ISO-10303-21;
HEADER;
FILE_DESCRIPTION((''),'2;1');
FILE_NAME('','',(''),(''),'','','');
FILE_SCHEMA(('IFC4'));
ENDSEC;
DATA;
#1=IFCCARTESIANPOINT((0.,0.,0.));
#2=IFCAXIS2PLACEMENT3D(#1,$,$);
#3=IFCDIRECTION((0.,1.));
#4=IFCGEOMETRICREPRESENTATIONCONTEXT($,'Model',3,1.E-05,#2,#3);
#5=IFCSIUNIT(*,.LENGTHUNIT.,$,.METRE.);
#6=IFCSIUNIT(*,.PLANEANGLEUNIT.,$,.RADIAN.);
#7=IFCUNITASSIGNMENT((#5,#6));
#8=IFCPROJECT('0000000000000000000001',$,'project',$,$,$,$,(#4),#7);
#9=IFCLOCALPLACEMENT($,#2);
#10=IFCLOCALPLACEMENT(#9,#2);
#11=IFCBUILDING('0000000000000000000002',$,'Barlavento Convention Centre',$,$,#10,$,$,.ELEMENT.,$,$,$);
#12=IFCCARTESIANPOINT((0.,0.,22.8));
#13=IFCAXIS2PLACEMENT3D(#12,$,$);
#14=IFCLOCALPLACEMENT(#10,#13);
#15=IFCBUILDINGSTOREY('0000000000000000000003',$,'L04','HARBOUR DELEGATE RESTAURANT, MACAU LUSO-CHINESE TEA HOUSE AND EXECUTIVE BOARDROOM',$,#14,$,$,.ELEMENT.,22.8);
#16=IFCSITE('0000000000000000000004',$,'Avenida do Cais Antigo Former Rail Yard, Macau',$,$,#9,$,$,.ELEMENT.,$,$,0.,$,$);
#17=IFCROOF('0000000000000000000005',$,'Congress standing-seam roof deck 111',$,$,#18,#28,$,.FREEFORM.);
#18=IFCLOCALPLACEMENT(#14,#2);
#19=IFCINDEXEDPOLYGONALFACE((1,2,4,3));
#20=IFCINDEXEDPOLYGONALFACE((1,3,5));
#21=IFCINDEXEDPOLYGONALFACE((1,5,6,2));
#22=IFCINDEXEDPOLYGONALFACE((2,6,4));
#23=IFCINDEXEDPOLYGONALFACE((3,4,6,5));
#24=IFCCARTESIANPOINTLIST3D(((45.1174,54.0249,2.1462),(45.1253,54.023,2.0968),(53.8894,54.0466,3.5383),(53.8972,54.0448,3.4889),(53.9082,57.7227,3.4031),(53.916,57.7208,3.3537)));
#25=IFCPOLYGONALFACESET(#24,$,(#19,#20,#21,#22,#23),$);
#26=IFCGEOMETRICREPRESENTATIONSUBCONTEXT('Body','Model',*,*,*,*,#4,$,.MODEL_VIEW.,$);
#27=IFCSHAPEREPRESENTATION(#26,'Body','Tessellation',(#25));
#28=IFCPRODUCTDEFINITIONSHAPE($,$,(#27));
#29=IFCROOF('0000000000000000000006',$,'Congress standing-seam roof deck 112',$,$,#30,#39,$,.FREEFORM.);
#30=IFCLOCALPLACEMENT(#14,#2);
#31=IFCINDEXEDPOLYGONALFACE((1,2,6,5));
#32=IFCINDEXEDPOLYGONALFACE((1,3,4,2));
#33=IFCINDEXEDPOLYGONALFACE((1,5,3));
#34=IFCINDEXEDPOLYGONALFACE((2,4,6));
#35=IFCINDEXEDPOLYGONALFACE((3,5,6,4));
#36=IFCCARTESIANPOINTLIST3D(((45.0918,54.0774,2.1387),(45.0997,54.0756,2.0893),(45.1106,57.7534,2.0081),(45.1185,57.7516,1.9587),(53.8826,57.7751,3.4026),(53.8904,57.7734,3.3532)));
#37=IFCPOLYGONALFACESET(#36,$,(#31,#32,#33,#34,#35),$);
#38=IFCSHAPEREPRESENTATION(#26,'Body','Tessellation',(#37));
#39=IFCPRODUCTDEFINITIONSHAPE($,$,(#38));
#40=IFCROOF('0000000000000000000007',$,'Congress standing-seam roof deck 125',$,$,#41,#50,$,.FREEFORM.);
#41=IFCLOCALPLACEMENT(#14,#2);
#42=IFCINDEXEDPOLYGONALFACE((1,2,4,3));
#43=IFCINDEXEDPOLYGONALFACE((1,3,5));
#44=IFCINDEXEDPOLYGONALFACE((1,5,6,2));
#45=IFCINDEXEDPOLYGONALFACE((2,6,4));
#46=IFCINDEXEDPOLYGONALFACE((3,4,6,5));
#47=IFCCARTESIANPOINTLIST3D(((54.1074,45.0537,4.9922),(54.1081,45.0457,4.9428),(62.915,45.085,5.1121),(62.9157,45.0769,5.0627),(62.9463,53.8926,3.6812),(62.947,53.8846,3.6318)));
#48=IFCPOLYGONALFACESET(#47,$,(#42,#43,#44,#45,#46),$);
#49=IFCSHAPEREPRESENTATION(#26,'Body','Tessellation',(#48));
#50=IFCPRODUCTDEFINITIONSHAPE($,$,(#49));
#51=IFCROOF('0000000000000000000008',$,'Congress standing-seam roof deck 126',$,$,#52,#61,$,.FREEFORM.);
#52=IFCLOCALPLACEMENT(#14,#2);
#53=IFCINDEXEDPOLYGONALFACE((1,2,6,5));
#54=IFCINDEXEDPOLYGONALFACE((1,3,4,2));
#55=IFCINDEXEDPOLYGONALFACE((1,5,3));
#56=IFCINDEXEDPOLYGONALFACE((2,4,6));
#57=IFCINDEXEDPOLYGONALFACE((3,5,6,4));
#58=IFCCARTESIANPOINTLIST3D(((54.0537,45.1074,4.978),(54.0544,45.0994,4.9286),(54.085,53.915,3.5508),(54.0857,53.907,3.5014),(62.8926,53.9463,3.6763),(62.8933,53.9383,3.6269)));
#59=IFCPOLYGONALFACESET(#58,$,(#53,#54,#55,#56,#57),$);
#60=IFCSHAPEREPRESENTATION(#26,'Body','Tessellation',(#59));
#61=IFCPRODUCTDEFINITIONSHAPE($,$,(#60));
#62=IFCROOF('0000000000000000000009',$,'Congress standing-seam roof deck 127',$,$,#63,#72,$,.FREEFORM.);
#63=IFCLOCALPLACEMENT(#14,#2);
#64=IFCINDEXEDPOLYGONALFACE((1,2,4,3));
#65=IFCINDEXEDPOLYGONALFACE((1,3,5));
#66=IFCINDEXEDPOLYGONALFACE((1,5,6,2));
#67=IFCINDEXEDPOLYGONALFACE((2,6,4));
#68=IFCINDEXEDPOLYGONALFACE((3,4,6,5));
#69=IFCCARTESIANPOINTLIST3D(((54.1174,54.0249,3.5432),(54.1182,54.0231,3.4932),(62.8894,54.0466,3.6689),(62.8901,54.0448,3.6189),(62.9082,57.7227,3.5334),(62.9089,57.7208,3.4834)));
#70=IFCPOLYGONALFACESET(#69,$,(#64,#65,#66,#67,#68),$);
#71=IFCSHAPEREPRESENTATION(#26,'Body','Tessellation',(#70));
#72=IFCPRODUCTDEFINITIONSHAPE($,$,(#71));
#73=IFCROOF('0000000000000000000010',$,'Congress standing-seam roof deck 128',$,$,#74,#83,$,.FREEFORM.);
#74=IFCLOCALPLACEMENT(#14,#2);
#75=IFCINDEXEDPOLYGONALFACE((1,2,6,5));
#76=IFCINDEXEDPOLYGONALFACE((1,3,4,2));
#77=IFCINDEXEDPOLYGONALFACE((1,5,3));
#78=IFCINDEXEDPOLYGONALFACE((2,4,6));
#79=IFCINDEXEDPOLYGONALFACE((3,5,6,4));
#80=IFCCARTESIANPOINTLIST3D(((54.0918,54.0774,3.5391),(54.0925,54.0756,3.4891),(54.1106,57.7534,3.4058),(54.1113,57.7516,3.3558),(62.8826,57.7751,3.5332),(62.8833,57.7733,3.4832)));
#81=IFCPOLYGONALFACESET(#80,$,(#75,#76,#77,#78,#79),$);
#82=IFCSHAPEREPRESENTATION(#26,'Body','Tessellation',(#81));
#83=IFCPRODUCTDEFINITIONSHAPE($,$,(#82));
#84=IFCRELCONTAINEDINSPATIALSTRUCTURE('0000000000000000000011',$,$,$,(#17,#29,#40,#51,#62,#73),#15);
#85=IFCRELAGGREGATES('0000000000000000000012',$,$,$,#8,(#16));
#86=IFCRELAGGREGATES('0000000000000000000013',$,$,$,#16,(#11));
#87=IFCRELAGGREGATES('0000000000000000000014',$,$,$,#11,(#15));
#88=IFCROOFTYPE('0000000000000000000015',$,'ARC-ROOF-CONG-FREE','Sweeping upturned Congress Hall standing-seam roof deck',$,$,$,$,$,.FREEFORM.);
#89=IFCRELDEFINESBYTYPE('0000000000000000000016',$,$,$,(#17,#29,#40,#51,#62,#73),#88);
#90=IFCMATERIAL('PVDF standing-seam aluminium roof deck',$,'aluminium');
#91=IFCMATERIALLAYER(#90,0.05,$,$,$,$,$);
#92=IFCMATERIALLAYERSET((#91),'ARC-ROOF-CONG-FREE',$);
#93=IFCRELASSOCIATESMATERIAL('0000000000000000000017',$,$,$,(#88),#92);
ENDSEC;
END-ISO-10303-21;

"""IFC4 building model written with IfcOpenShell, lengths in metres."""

from ifc_helpers import new_model, si_unit, direction, frame, origin, place, context, subcontext, project, spatial, polyline, outline, extrude, material, layer, layer_set, type_object, element, save


model = new_model("IFC4")

# Units and contexts
model_context = context("Model", 3, precision=1e-05, world=origin(), true_north=direction((0.0, 1.0)))
body_context = subcontext(model_context, "Body", "Model", "MODEL_VIEW")
ifc_project = project(units=[si_unit("LENGTHUNIT", "METRE"), si_unit("PLANEANGLEUNIT", "RADIAN")], contexts=[model_context])

# Site, building, storey
site_placement = place(None, origin())
site = spatial("IfcSite", under=ifc_project, at=site_placement, Name="Avenida do Cais Antigo Former Rail Yard, Macau", CompositionType="ELEMENT", RefElevation=0.0)
building_placement = place(site_placement, origin())
building = spatial("IfcBuilding", under=site, at=building_placement, Name="Barlavento Convention Centre", CompositionType="ELEMENT")
storey_placement = place(building_placement, frame((0.0, 0.0, 22.8)))
storey = spatial("IfcBuildingStorey", under=building, at=storey_placement, Name="L04", Description="HARBOUR DELEGATE RESTAURANT, MACAU LUSO-CHINESE TEA HOUSE AND EXECUTIVE BOARDROOM", CompositionType="ELEMENT", Elevation=22.8)

# Roofs
ifc_material_1 = material(Name="PVDF standing-seam aluminium roof deck", Category="aluminium")
ifc_layer_1 = layer(ifc_material_1, 0.05)
ifc_layer_set_1 = layer_set([ifc_layer_1], Name="ARC-ROOF-CONG-FREE")
roof_type = type_object("IfcRoofType", Name="ARC-ROOF-CONG-FREE", Description="Sweeping upturned Congress Hall standing-seam roof deck", PredefinedType="FREEFORM", material=ifc_layer_set_1)
roof_1_placement = place(storey_placement, frame((45.1174, 54.0249, 2.1462), z_axis=(-0.156718, 0.037115, 0.986946), x_axis=(0.987638, 0.002446, 0.156736)))
element("IfcRoof", 1, at=roof_1_placement, inside=storey, type_object=roof_type, Name="Congress standing-seam roof deck 111", PredefinedType="FREEFORM", context=body_context, shape_type="SweptSolid", body=[
    extrude(outline(polyline([(0.0, 0.0), (8.8818, 0.0), (8.8881, 3.6786), (0.0, 0.0)])), origin(), (0.0, 0.0, -1.0), 0.05),
])
roof_2_placement = place(storey_placement, frame((45.0918, 54.0774, 2.1387), z_axis=(-0.15699, 0.035871, 0.986949), x_axis=(0.913781, 0.384373, 0.131381)))
element("IfcRoof", 2, at=roof_2_placement, inside=storey, type_object=roof_type, Name="Congress standing-seam roof deck 112", PredefinedType="FREEFORM", context=body_context, shape_type="SweptSolid", body=[
    extrude(outline(polyline([(0.0, 0.0), (9.6202, 0.0), (1.413, 3.3962), (0.0, 0.0)])), origin(), (0.0, 0.0, -1.0), 0.05),
])
roof_3_placement = place(storey_placement, frame((54.1074, 45.0537, 4.9922), z_axis=(-0.014002, 0.160393, 0.986954), x_axis=(0.999901, 0.003548, 0.013609)))
element("IfcRoof", 3, at=roof_3_placement, inside=storey, type_object=roof_type, Name="Congress standing-seam roof deck 125", PredefinedType="FREEFORM", context=body_context, shape_type="SweptSolid", body=[
    extrude(outline(polyline([(0.0, 0.0), (8.8085, 0.0), (8.8515, 8.923), (0.0, 0.0)])), origin(), (0.0, 0.0, -1.0), 0.05),
])
roof_4_placement = place(storey_placement, frame((54.0537, 45.1074, 4.978), z_axis=(-0.01463, 0.159994, 0.98701), x_axis=(0.703303, 0.703303, -0.10358)))
element("IfcRoof", 4, at=roof_4_placement, inside=storey, type_object=roof_type, Name="Congress standing-seam roof deck 126", PredefinedType="FREEFORM", context=body_context, shape_type="SweptSolid", body=[
    extrude(outline(polyline([(0.0, 0.0), (12.5676, 0.0), (6.3642, 6.2537), (0.0, 0.0)])), origin(), (0.0, 0.0, -1.0), 0.05),
])
roof_5_placement = place(storey_placement, frame((54.1174, 54.0249, 3.5432), z_axis=(-0.014414, 0.036905, 0.999215), x_axis=(0.999894, 0.002477, 0.014332)))
element("IfcRoof", 5, at=roof_5_placement, inside=storey, type_object=roof_type, Name="Congress standing-seam roof deck 127", PredefinedType="FREEFORM", context=body_context, shape_type="SweptSolid", body=[
    extrude(outline(polyline([(0.0, 0.0), (8.7729, 0.0), (8.7989, 3.6785), (0.0, 0.0)])), origin(), (0.0, 0.0, -1.0), 0.05),
])
roof_6_placement = place(storey_placement, frame((54.0918, 54.0774, 3.5391), z_axis=(-0.014607, 0.036309, 0.999234), x_axis=(0.921771, 0.387734, -0.000614)))
element("IfcRoof", 6, at=roof_6_placement, inside=storey, type_object=roof_type, Name="Congress standing-seam roof deck 128", PredefinedType="FREEFORM", context=body_context, shape_type="SweptSolid", body=[
    extrude(outline(polyline([(0.0, 0.0), (9.5368, 0.0), (1.4427, 3.3838), (0.0, 0.0)])), origin(), (0.0, 0.0, -1.0), 0.05),
])

save(model, "model.ifc")
